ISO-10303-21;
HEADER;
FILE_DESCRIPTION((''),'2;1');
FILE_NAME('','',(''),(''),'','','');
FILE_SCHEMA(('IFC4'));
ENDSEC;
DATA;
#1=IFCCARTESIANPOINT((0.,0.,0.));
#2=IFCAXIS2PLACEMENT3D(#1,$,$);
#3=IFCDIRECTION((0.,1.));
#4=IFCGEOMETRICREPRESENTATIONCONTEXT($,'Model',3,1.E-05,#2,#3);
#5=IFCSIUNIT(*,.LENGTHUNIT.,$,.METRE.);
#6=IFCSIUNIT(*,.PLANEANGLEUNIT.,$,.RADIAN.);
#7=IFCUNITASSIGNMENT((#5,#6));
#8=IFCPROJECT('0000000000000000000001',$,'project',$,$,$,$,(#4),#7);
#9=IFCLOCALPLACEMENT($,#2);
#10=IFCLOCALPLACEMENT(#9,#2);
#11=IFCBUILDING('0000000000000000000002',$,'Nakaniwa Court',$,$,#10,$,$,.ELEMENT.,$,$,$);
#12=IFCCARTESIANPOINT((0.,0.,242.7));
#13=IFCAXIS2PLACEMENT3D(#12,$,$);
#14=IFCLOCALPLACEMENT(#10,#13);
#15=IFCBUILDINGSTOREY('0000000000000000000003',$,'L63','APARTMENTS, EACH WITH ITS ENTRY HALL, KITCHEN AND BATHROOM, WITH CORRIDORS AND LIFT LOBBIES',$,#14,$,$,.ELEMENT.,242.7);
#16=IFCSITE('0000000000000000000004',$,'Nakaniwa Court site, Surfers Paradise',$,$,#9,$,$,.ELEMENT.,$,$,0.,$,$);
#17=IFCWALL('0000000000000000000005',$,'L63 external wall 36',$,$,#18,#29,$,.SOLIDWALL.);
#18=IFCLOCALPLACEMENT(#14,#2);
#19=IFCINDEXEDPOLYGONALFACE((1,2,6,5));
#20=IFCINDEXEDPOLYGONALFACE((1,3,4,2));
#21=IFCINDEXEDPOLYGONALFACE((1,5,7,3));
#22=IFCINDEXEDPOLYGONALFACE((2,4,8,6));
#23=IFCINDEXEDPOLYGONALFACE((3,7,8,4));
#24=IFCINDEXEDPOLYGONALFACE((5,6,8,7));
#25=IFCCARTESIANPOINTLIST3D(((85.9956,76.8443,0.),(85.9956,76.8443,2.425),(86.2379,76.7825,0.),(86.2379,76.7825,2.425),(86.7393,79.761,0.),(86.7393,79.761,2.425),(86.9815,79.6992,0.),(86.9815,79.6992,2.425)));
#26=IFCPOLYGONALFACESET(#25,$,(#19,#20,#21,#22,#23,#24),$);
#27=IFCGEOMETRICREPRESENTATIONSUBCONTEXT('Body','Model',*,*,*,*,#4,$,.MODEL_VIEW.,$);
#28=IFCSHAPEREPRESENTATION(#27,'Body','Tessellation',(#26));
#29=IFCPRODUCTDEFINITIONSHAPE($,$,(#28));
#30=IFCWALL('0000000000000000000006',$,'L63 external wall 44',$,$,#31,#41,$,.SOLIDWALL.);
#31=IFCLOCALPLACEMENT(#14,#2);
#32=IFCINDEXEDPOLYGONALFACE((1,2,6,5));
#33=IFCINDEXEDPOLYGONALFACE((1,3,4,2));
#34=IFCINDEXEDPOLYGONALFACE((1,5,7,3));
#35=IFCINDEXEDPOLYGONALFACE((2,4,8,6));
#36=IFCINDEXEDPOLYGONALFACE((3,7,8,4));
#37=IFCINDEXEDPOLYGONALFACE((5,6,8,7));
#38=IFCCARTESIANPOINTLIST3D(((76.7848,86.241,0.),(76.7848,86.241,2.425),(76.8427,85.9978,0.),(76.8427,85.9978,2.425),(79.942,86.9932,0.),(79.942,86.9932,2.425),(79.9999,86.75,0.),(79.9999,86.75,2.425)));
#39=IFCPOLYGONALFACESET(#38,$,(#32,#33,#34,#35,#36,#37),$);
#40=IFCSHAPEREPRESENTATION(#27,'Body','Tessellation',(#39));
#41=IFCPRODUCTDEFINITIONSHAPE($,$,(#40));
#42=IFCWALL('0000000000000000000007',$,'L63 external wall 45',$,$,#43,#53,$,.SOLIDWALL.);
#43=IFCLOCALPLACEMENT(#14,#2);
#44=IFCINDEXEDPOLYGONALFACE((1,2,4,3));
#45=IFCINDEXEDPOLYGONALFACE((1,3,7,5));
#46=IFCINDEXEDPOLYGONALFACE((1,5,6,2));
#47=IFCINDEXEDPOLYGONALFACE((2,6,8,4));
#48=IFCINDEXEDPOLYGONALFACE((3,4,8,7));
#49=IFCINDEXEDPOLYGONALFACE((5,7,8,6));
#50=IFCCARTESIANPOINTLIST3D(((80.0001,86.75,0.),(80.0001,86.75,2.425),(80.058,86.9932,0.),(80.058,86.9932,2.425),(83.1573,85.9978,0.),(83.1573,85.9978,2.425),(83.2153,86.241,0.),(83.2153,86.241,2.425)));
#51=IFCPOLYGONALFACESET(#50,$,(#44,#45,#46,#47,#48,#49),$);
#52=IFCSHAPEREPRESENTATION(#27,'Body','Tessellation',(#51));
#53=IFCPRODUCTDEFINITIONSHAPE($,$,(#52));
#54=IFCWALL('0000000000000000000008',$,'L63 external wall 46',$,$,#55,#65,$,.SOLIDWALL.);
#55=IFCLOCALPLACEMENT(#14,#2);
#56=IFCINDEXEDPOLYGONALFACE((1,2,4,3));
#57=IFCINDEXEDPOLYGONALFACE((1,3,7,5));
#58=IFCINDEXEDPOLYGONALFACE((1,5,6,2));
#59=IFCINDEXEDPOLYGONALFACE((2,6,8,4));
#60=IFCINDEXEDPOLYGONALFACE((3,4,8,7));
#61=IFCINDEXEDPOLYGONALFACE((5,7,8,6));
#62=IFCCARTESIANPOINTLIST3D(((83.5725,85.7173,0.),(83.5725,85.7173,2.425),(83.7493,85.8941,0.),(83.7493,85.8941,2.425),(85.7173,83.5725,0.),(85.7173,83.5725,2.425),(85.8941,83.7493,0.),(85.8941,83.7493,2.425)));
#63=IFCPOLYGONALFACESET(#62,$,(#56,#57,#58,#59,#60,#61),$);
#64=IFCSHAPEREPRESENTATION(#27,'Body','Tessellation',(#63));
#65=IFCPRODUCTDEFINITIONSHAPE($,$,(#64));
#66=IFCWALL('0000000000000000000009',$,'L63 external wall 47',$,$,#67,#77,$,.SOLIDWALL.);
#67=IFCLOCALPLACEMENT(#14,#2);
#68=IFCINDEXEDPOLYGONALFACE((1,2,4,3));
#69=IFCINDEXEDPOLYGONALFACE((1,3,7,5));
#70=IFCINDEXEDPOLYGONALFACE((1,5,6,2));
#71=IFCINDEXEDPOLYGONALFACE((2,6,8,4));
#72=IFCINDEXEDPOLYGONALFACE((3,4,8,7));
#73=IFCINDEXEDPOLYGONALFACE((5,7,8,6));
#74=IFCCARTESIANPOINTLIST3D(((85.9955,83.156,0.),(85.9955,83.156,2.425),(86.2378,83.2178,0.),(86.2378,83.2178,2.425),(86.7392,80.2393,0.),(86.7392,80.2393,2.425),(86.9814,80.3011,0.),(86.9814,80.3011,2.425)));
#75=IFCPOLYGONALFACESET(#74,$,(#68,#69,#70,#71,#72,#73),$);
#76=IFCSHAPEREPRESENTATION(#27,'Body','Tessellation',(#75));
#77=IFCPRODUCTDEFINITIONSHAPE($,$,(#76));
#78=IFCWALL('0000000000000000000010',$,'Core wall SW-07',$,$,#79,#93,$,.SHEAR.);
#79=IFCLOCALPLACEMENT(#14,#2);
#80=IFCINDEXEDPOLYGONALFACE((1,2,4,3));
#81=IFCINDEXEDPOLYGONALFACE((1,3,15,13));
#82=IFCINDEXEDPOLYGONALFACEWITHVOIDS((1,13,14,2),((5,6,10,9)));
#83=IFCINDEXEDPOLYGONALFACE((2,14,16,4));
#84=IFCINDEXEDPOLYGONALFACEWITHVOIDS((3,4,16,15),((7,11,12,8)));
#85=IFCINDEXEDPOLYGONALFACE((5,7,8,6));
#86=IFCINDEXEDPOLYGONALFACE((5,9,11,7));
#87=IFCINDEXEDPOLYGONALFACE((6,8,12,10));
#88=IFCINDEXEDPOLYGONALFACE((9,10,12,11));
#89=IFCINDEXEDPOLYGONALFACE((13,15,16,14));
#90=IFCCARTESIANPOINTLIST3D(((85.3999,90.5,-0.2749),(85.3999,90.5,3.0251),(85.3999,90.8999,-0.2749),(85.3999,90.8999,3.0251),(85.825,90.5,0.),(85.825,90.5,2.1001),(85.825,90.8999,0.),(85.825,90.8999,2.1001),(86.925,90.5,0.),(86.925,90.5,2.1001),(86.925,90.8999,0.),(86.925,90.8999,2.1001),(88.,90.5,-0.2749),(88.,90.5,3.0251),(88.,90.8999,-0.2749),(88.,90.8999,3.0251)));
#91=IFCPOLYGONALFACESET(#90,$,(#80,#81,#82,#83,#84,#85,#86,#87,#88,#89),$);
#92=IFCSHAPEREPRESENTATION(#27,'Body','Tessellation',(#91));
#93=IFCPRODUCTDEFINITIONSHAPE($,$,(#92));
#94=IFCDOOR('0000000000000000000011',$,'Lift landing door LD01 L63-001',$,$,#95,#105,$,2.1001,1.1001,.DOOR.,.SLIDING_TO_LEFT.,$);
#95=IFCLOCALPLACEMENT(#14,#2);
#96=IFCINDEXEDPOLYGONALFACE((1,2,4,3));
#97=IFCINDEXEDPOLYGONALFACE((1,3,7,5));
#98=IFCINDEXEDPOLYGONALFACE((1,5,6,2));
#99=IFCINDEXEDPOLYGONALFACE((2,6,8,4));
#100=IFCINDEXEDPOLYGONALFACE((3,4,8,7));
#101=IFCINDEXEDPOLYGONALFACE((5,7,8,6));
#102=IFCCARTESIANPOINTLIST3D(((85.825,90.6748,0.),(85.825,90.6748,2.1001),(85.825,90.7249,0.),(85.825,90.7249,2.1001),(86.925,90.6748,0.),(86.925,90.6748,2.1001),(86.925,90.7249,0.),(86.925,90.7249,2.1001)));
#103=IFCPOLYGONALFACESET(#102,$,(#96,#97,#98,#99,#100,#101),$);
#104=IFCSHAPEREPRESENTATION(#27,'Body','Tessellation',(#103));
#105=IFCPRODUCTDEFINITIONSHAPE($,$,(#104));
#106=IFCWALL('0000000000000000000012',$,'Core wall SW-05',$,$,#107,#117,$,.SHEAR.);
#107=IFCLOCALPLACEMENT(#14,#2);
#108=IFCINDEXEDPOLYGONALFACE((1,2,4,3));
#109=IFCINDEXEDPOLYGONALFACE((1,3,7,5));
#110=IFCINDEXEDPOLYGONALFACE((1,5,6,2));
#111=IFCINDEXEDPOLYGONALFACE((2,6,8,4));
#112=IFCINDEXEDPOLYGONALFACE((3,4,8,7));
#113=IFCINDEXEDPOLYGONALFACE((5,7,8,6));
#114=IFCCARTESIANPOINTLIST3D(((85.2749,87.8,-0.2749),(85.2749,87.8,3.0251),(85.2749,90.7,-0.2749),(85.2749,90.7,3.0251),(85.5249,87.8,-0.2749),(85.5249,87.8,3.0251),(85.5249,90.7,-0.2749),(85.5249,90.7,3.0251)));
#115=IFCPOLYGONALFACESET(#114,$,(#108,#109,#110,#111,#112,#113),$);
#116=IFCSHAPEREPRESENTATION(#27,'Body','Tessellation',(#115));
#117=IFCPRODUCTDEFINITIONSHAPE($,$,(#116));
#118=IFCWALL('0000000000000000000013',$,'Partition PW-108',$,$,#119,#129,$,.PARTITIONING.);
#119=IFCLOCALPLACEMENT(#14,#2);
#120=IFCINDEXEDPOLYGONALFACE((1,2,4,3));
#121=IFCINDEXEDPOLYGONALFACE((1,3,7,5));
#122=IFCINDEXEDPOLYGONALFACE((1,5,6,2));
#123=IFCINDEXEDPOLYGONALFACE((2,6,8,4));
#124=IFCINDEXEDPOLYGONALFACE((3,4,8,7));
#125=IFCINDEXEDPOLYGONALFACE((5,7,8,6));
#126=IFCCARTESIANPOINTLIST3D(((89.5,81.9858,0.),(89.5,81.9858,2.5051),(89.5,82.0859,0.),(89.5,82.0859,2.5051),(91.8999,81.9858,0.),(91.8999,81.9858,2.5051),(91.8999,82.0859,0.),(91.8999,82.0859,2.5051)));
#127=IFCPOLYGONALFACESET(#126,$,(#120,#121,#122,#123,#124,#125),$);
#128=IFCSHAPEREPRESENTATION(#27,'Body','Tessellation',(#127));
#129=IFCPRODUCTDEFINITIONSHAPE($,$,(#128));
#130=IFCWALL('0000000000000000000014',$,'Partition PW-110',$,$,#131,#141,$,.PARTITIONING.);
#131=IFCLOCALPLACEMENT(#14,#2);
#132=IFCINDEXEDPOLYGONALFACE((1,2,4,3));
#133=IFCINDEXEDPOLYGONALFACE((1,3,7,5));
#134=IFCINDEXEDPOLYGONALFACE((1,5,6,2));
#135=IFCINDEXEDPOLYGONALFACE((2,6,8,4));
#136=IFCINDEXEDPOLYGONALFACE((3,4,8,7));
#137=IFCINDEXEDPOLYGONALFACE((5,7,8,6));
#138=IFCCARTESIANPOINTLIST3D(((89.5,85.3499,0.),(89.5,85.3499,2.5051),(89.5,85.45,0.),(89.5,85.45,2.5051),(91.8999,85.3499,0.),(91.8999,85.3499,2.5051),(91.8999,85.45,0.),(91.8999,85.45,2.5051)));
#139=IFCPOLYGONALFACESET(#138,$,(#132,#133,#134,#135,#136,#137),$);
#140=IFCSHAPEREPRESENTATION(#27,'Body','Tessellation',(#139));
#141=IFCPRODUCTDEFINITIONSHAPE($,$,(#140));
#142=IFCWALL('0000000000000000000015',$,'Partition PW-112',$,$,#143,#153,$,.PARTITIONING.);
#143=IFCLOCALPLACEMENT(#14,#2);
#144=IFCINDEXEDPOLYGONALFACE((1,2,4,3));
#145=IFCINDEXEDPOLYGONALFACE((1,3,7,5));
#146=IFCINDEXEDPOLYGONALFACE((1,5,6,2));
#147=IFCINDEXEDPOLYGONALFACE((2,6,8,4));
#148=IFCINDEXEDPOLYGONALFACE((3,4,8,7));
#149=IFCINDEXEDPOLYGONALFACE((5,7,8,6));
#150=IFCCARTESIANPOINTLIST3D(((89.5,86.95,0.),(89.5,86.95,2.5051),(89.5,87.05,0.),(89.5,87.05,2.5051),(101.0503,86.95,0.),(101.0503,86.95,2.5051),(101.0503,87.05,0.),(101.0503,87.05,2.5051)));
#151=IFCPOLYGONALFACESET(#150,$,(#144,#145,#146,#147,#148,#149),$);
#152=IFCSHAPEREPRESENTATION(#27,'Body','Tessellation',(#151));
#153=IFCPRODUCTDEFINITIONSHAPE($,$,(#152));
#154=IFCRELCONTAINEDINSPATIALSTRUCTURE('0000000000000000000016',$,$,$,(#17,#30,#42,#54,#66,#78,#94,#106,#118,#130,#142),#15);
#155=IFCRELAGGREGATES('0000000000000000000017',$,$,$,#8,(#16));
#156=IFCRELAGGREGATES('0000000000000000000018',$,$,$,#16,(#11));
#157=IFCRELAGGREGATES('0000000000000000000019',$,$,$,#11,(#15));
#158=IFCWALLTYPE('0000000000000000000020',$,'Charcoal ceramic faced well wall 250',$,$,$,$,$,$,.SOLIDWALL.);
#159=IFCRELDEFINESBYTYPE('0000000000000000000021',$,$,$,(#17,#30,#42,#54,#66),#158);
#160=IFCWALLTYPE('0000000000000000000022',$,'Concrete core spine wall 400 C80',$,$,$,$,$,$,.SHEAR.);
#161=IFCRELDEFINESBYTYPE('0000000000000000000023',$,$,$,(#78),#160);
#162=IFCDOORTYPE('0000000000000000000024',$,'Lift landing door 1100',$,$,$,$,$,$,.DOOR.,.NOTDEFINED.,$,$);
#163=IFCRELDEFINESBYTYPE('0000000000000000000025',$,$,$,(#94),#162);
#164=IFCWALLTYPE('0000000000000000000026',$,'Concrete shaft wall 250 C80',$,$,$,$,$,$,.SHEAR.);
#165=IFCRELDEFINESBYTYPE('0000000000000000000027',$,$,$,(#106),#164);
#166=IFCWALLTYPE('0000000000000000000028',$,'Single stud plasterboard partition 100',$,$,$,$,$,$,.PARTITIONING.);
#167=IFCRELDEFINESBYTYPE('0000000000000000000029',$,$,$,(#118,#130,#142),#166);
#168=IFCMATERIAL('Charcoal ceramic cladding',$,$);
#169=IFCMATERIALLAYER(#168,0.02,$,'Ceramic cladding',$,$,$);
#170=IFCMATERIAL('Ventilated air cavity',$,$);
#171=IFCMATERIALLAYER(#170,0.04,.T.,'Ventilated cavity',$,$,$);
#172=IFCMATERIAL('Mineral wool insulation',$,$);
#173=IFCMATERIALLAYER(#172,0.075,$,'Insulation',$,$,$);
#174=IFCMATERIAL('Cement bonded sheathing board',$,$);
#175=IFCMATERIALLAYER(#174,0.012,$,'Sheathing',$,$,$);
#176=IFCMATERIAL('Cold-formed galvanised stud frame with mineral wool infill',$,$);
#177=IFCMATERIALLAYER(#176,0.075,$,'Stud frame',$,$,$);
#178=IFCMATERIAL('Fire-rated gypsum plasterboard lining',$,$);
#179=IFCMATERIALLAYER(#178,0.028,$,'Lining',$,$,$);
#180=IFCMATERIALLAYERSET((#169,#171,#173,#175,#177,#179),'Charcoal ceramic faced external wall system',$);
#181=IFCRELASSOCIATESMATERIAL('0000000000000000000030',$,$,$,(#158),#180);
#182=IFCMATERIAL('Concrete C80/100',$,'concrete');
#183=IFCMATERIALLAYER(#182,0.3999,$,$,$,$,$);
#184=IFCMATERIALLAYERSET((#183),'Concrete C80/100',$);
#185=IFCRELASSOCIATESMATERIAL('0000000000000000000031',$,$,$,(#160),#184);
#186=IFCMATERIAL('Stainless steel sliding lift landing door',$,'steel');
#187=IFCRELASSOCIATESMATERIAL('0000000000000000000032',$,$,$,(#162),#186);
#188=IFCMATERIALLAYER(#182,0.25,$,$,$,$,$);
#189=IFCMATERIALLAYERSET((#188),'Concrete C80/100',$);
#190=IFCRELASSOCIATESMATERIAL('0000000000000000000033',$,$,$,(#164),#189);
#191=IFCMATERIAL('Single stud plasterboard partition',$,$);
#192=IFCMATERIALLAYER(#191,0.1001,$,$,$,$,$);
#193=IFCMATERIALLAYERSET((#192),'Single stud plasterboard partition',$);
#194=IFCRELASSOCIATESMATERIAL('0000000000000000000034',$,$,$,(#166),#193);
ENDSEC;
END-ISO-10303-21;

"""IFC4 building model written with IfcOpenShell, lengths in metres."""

from ifc_helpers import new_model, si_unit, direction, frame, frame_2d, origin, place, context, subcontext, project, spatial, rectangle, extrude, material, layer, layer_set, type_object, element, fill, save


model = new_model("IFC4")

# Units and contexts
model_context = context("Model", 3, precision=1e-05, world=origin(), true_north=direction((0.0, 1.0)))
body_context = subcontext(model_context, "Body", "Model", "MODEL_VIEW")
ifc_project = project(units=[si_unit("LENGTHUNIT", "METRE"), si_unit("PLANEANGLEUNIT", "RADIAN")], contexts=[model_context])

# Site, building, storey
site_placement = place(None, origin())
site = spatial("IfcSite", under=ifc_project, at=site_placement, Name="Nakaniwa Court site, Surfers Paradise", CompositionType="ELEMENT", RefElevation=0.0)
building_placement = place(site_placement, origin())
building = spatial("IfcBuilding", under=site, at=building_placement, Name="Nakaniwa Court", CompositionType="ELEMENT")
storey_placement = place(building_placement, frame((0.0, 0.0, 242.7)))
storey = spatial("IfcBuildingStorey", under=building, at=storey_placement, Name="L63", Description="APARTMENTS, EACH WITH ITS ENTRY HALL, KITCHEN AND BATHROOM, WITH CORRIDORS AND LIFT LOBBIES", CompositionType="ELEMENT", Elevation=242.7)

# Shared definitions
ifc_material_1 = material(Name="Concrete C80/100", Category="concrete")

# Walls
ifc_material_2 = material(Name="Charcoal ceramic cladding")
ifc_layer_1 = layer(ifc_material_2, 0.02, Name="Ceramic cladding")
ifc_material_3 = material(Name="Ventilated air cavity")
ifc_layer_2 = layer(ifc_material_3, 0.04, ventilated=True, Name="Ventilated cavity")
ifc_material_4 = material(Name="Mineral wool insulation")
ifc_layer_3 = layer(ifc_material_4, 0.075, Name="Insulation")
ifc_material_5 = material(Name="Cement bonded sheathing board")
ifc_layer_4 = layer(ifc_material_5, 0.012, Name="Sheathing")
ifc_material_6 = material(Name="Cold-formed galvanised stud frame with mineral wool infill")
ifc_layer_5 = layer(ifc_material_6, 0.075, Name="Stud frame")
ifc_material_7 = material(Name="Fire-rated gypsum plasterboard lining")
ifc_layer_6 = layer(ifc_material_7, 0.028, Name="Lining")
ifc_layer_set_1 = layer_set([ifc_layer_1, ifc_layer_2, ifc_layer_3, ifc_layer_4, ifc_layer_5, ifc_layer_6], Name="Charcoal ceramic faced external wall system")
wall_type_1 = type_object("IfcWallType", Name="Charcoal ceramic faced well wall 250", PredefinedType="SOLIDWALL", material=ifc_layer_set_1)
wall_1_placement = place(storey_placement, frame((86.8604, 79.73, 0.0), z_axis=(0.0, 0.0, 1.0), x_axis=(-0.247056, -0.969001, 0.0)))
element("IfcWall", 1, at=wall_1_placement, inside=storey, type_object=wall_type_1, Name="L63 external wall 36", PredefinedType="SOLIDWALL", context=body_context, shape_type="SweptSolid", body=[
    extrude(rectangle(XDim=3.01, YDim=0.25, at=frame_2d((1.5049, 0.0))), origin(), (0.0, 0.0, 1.0), 2.425),
])
for number, where, z_axis, x_axis, name in (
    (2, (76.8137, 86.1194, 0.0), (0.0, 0.0, 1.0), (0.972773, 0.23176, 0.0), "L63 external wall 44"),
    (3, (80.0291, 86.8716, 0.0), (0.0, 0.0, 1.0), (0.972773, -0.23176, 0.0), "L63 external wall 45"),
):
    element("IfcWall", number, at=place(storey_placement, frame(where, z_axis=z_axis, x_axis=x_axis)), inside=storey, type_object=wall_type_1, Name=name, PredefinedType="SOLIDWALL", context=body_context, shape_type="SweptSolid", body=[
        extrude(rectangle(XDim=3.2456, YDim=0.25, at=frame_2d((1.6228, 0.0))), origin(), (0.0, 0.0, 1.0), 2.425),
    ])
wall_2_placement = place(storey_placement, frame((83.6609, 85.8057, 0.0), z_axis=(0.0, 0.0, 1.0), x_axis=(0.707107, -0.707107, 0.0)))
element("IfcWall", 4, at=wall_2_placement, inside=storey, type_object=wall_type_1, Name="L63 external wall 46", PredefinedType="SOLIDWALL", context=body_context, shape_type="SweptSolid", body=[
    extrude(rectangle(XDim=3.0332, YDim=0.25, at=frame_2d((1.5166, 0.0))), origin(), (0.0, 0.0, 1.0), 2.425),
])
wall_3_placement = place(storey_placement, frame((86.1167, 83.1868, 0.0), z_axis=(0.0, 0.0, 1.0), x_axis=(0.247056, -0.969001, 0.0)))
element("IfcWall", 5, at=wall_3_placement, inside=storey, type_object=wall_type_1, Name="L63 external wall 47", PredefinedType="SOLIDWALL", context=body_context, shape_type="SweptSolid", body=[
    extrude(rectangle(XDim=3.01, YDim=0.25, at=frame_2d((1.5049, 0.0))), origin(), (0.0, 0.0, 1.0), 2.425),
])

# Wall, opening, door
ifc_layer_7 = layer(ifc_material_1, 0.3999)
ifc_layer_set_2 = layer_set([ifc_layer_7], Name="Concrete C80/100")
wall_type_2 = type_object("IfcWallType", Name="Concrete core spine wall 400 C80", PredefinedType="SHEAR", material=ifc_layer_set_2)
wall_4_placement = place(storey_placement, frame((85.3999, 90.7, -0.2749), z_axis=(0.0, 0.0, 1.0), x_axis=(1.0, 0.0, 0.0)))
wall_4 = element("IfcWall", 6, at=wall_4_placement, inside=storey, type_object=wall_type_2, Name="Core wall SW-07", PredefinedType="SHEAR", context=body_context, shape_type="SweptSolid", body=[
    extrude(rectangle(XDim=2.6001, YDim=0.3999, at=frame_2d((1.3, 0.0))), origin(), (0.0, 0.0, 1.0), 3.3),
])
opening_1_placement = place(wall_4_placement, frame((0.425, 0.0, 0.2749)))
opening_1 = element("IfcOpeningElement", 7, at=opening_1_placement, cuts=wall_4, PredefinedType="OPENING", context=body_context, shape_type="SweptSolid", body=[
    extrude(rectangle(XDim=1.1001, YDim=2.1001, at=frame_2d((0.55, 1.05))), frame((0.0, 0.21, 0.0), z_axis=(0.0, -1.0, 0.0), x_axis=(1.0, 0.0, 0.0)), (0.0, 0.0, 1.0), 0.4199),
])
ifc_material_8 = material(Name="Stainless steel sliding lift landing door", Category="steel")
door_type_1 = type_object("IfcDoorType", Name="Lift landing door 1100", OperationType="NOTDEFINED", PredefinedType="DOOR", material=ifc_material_8)
door_1_placement = place(opening_1_placement, origin())
door_1 = element("IfcDoor", 8, at=door_1_placement, inside=storey, type_object=door_type_1, Name="Lift landing door LD01 L63-001", OperationType="SLIDING_TO_LEFT", OverallHeight=2.1001, OverallWidth=1.1001, PredefinedType="DOOR", context=body_context, shape_type="SweptSolid", body=[
    extrude(rectangle(XDim=1.1001, YDim=2.1001, at=frame_2d((0.55, 1.05))), frame((0.0, 0.0249, 0.0), z_axis=(0.0, -1.0, 0.0), x_axis=(1.0, 0.0, 0.0)), (0.0, 0.0, 1.0), 0.05),
])
fill(opening_1, door_1)

# Walls
ifc_layer_8 = layer(ifc_material_1, 0.25)
ifc_layer_set_3 = layer_set([ifc_layer_8], Name="Concrete C80/100")
wall_type_3 = type_object("IfcWallType", Name="Concrete shaft wall 250 C80", PredefinedType="SHEAR", material=ifc_layer_set_3)
wall_5_placement = place(storey_placement, frame((85.3999, 87.8, -0.2749), z_axis=(0.0, 0.0, 1.0), x_axis=(0.0, 1.0, 0.0)))
element("IfcWall", 9, at=wall_5_placement, inside=storey, type_object=wall_type_3, Name="Core wall SW-05", PredefinedType="SHEAR", context=body_context, shape_type="SweptSolid", body=[
    extrude(rectangle(XDim=2.8999, YDim=0.25, at=frame_2d((1.45, 0.0))), origin(), (0.0, 0.0, 1.0), 3.3),
])
ifc_material_9 = material(Name="Single stud plasterboard partition")
ifc_layer_9 = layer(ifc_material_9, 0.1001)
ifc_layer_set_4 = layer_set([ifc_layer_9], Name="Single stud plasterboard partition")
wall_type_4 = type_object("IfcWallType", Name="Single stud plasterboard partition 100", PredefinedType="PARTITIONING", material=ifc_layer_set_4)
for number, where, z_axis, x_axis, name in (
    (10, (89.5, 82.0359, 0.0), (0.0, 0.0, 1.0), (1.0, 0.0, 0.0), "Partition PW-108"),
    (11, (89.5, 85.3999, 0.0), (0.0, 0.0, 1.0), (1.0, 0.0, 0.0), "Partition PW-110"),
):
    element("IfcWall", number, at=place(storey_placement, frame(where, z_axis=z_axis, x_axis=x_axis)), inside=storey, type_object=wall_type_4, Name=name, PredefinedType="PARTITIONING", context=body_context, shape_type="SweptSolid", body=[
        extrude(rectangle(XDim=2.3999, YDim=0.1001, at=frame_2d((1.2, 0.0))), origin(), (0.0, 0.0, 1.0), 2.5051),
    ])
wall_6_placement = place(storey_placement, frame((89.5, 87.0, 0.0), z_axis=(0.0, 0.0, 1.0), x_axis=(1.0, 0.0, 0.0)))
element("IfcWall", 12, at=wall_6_placement, inside=storey, type_object=wall_type_4, Name="Partition PW-112", PredefinedType="PARTITIONING", context=body_context, shape_type="SweptSolid", body=[
    extrude(rectangle(XDim=11.5503, YDim=0.1001, at=frame_2d((5.7751, 0.0))), origin(), (0.0, 0.0, 1.0), 2.5051),
])

save(model, "model.ifc")
